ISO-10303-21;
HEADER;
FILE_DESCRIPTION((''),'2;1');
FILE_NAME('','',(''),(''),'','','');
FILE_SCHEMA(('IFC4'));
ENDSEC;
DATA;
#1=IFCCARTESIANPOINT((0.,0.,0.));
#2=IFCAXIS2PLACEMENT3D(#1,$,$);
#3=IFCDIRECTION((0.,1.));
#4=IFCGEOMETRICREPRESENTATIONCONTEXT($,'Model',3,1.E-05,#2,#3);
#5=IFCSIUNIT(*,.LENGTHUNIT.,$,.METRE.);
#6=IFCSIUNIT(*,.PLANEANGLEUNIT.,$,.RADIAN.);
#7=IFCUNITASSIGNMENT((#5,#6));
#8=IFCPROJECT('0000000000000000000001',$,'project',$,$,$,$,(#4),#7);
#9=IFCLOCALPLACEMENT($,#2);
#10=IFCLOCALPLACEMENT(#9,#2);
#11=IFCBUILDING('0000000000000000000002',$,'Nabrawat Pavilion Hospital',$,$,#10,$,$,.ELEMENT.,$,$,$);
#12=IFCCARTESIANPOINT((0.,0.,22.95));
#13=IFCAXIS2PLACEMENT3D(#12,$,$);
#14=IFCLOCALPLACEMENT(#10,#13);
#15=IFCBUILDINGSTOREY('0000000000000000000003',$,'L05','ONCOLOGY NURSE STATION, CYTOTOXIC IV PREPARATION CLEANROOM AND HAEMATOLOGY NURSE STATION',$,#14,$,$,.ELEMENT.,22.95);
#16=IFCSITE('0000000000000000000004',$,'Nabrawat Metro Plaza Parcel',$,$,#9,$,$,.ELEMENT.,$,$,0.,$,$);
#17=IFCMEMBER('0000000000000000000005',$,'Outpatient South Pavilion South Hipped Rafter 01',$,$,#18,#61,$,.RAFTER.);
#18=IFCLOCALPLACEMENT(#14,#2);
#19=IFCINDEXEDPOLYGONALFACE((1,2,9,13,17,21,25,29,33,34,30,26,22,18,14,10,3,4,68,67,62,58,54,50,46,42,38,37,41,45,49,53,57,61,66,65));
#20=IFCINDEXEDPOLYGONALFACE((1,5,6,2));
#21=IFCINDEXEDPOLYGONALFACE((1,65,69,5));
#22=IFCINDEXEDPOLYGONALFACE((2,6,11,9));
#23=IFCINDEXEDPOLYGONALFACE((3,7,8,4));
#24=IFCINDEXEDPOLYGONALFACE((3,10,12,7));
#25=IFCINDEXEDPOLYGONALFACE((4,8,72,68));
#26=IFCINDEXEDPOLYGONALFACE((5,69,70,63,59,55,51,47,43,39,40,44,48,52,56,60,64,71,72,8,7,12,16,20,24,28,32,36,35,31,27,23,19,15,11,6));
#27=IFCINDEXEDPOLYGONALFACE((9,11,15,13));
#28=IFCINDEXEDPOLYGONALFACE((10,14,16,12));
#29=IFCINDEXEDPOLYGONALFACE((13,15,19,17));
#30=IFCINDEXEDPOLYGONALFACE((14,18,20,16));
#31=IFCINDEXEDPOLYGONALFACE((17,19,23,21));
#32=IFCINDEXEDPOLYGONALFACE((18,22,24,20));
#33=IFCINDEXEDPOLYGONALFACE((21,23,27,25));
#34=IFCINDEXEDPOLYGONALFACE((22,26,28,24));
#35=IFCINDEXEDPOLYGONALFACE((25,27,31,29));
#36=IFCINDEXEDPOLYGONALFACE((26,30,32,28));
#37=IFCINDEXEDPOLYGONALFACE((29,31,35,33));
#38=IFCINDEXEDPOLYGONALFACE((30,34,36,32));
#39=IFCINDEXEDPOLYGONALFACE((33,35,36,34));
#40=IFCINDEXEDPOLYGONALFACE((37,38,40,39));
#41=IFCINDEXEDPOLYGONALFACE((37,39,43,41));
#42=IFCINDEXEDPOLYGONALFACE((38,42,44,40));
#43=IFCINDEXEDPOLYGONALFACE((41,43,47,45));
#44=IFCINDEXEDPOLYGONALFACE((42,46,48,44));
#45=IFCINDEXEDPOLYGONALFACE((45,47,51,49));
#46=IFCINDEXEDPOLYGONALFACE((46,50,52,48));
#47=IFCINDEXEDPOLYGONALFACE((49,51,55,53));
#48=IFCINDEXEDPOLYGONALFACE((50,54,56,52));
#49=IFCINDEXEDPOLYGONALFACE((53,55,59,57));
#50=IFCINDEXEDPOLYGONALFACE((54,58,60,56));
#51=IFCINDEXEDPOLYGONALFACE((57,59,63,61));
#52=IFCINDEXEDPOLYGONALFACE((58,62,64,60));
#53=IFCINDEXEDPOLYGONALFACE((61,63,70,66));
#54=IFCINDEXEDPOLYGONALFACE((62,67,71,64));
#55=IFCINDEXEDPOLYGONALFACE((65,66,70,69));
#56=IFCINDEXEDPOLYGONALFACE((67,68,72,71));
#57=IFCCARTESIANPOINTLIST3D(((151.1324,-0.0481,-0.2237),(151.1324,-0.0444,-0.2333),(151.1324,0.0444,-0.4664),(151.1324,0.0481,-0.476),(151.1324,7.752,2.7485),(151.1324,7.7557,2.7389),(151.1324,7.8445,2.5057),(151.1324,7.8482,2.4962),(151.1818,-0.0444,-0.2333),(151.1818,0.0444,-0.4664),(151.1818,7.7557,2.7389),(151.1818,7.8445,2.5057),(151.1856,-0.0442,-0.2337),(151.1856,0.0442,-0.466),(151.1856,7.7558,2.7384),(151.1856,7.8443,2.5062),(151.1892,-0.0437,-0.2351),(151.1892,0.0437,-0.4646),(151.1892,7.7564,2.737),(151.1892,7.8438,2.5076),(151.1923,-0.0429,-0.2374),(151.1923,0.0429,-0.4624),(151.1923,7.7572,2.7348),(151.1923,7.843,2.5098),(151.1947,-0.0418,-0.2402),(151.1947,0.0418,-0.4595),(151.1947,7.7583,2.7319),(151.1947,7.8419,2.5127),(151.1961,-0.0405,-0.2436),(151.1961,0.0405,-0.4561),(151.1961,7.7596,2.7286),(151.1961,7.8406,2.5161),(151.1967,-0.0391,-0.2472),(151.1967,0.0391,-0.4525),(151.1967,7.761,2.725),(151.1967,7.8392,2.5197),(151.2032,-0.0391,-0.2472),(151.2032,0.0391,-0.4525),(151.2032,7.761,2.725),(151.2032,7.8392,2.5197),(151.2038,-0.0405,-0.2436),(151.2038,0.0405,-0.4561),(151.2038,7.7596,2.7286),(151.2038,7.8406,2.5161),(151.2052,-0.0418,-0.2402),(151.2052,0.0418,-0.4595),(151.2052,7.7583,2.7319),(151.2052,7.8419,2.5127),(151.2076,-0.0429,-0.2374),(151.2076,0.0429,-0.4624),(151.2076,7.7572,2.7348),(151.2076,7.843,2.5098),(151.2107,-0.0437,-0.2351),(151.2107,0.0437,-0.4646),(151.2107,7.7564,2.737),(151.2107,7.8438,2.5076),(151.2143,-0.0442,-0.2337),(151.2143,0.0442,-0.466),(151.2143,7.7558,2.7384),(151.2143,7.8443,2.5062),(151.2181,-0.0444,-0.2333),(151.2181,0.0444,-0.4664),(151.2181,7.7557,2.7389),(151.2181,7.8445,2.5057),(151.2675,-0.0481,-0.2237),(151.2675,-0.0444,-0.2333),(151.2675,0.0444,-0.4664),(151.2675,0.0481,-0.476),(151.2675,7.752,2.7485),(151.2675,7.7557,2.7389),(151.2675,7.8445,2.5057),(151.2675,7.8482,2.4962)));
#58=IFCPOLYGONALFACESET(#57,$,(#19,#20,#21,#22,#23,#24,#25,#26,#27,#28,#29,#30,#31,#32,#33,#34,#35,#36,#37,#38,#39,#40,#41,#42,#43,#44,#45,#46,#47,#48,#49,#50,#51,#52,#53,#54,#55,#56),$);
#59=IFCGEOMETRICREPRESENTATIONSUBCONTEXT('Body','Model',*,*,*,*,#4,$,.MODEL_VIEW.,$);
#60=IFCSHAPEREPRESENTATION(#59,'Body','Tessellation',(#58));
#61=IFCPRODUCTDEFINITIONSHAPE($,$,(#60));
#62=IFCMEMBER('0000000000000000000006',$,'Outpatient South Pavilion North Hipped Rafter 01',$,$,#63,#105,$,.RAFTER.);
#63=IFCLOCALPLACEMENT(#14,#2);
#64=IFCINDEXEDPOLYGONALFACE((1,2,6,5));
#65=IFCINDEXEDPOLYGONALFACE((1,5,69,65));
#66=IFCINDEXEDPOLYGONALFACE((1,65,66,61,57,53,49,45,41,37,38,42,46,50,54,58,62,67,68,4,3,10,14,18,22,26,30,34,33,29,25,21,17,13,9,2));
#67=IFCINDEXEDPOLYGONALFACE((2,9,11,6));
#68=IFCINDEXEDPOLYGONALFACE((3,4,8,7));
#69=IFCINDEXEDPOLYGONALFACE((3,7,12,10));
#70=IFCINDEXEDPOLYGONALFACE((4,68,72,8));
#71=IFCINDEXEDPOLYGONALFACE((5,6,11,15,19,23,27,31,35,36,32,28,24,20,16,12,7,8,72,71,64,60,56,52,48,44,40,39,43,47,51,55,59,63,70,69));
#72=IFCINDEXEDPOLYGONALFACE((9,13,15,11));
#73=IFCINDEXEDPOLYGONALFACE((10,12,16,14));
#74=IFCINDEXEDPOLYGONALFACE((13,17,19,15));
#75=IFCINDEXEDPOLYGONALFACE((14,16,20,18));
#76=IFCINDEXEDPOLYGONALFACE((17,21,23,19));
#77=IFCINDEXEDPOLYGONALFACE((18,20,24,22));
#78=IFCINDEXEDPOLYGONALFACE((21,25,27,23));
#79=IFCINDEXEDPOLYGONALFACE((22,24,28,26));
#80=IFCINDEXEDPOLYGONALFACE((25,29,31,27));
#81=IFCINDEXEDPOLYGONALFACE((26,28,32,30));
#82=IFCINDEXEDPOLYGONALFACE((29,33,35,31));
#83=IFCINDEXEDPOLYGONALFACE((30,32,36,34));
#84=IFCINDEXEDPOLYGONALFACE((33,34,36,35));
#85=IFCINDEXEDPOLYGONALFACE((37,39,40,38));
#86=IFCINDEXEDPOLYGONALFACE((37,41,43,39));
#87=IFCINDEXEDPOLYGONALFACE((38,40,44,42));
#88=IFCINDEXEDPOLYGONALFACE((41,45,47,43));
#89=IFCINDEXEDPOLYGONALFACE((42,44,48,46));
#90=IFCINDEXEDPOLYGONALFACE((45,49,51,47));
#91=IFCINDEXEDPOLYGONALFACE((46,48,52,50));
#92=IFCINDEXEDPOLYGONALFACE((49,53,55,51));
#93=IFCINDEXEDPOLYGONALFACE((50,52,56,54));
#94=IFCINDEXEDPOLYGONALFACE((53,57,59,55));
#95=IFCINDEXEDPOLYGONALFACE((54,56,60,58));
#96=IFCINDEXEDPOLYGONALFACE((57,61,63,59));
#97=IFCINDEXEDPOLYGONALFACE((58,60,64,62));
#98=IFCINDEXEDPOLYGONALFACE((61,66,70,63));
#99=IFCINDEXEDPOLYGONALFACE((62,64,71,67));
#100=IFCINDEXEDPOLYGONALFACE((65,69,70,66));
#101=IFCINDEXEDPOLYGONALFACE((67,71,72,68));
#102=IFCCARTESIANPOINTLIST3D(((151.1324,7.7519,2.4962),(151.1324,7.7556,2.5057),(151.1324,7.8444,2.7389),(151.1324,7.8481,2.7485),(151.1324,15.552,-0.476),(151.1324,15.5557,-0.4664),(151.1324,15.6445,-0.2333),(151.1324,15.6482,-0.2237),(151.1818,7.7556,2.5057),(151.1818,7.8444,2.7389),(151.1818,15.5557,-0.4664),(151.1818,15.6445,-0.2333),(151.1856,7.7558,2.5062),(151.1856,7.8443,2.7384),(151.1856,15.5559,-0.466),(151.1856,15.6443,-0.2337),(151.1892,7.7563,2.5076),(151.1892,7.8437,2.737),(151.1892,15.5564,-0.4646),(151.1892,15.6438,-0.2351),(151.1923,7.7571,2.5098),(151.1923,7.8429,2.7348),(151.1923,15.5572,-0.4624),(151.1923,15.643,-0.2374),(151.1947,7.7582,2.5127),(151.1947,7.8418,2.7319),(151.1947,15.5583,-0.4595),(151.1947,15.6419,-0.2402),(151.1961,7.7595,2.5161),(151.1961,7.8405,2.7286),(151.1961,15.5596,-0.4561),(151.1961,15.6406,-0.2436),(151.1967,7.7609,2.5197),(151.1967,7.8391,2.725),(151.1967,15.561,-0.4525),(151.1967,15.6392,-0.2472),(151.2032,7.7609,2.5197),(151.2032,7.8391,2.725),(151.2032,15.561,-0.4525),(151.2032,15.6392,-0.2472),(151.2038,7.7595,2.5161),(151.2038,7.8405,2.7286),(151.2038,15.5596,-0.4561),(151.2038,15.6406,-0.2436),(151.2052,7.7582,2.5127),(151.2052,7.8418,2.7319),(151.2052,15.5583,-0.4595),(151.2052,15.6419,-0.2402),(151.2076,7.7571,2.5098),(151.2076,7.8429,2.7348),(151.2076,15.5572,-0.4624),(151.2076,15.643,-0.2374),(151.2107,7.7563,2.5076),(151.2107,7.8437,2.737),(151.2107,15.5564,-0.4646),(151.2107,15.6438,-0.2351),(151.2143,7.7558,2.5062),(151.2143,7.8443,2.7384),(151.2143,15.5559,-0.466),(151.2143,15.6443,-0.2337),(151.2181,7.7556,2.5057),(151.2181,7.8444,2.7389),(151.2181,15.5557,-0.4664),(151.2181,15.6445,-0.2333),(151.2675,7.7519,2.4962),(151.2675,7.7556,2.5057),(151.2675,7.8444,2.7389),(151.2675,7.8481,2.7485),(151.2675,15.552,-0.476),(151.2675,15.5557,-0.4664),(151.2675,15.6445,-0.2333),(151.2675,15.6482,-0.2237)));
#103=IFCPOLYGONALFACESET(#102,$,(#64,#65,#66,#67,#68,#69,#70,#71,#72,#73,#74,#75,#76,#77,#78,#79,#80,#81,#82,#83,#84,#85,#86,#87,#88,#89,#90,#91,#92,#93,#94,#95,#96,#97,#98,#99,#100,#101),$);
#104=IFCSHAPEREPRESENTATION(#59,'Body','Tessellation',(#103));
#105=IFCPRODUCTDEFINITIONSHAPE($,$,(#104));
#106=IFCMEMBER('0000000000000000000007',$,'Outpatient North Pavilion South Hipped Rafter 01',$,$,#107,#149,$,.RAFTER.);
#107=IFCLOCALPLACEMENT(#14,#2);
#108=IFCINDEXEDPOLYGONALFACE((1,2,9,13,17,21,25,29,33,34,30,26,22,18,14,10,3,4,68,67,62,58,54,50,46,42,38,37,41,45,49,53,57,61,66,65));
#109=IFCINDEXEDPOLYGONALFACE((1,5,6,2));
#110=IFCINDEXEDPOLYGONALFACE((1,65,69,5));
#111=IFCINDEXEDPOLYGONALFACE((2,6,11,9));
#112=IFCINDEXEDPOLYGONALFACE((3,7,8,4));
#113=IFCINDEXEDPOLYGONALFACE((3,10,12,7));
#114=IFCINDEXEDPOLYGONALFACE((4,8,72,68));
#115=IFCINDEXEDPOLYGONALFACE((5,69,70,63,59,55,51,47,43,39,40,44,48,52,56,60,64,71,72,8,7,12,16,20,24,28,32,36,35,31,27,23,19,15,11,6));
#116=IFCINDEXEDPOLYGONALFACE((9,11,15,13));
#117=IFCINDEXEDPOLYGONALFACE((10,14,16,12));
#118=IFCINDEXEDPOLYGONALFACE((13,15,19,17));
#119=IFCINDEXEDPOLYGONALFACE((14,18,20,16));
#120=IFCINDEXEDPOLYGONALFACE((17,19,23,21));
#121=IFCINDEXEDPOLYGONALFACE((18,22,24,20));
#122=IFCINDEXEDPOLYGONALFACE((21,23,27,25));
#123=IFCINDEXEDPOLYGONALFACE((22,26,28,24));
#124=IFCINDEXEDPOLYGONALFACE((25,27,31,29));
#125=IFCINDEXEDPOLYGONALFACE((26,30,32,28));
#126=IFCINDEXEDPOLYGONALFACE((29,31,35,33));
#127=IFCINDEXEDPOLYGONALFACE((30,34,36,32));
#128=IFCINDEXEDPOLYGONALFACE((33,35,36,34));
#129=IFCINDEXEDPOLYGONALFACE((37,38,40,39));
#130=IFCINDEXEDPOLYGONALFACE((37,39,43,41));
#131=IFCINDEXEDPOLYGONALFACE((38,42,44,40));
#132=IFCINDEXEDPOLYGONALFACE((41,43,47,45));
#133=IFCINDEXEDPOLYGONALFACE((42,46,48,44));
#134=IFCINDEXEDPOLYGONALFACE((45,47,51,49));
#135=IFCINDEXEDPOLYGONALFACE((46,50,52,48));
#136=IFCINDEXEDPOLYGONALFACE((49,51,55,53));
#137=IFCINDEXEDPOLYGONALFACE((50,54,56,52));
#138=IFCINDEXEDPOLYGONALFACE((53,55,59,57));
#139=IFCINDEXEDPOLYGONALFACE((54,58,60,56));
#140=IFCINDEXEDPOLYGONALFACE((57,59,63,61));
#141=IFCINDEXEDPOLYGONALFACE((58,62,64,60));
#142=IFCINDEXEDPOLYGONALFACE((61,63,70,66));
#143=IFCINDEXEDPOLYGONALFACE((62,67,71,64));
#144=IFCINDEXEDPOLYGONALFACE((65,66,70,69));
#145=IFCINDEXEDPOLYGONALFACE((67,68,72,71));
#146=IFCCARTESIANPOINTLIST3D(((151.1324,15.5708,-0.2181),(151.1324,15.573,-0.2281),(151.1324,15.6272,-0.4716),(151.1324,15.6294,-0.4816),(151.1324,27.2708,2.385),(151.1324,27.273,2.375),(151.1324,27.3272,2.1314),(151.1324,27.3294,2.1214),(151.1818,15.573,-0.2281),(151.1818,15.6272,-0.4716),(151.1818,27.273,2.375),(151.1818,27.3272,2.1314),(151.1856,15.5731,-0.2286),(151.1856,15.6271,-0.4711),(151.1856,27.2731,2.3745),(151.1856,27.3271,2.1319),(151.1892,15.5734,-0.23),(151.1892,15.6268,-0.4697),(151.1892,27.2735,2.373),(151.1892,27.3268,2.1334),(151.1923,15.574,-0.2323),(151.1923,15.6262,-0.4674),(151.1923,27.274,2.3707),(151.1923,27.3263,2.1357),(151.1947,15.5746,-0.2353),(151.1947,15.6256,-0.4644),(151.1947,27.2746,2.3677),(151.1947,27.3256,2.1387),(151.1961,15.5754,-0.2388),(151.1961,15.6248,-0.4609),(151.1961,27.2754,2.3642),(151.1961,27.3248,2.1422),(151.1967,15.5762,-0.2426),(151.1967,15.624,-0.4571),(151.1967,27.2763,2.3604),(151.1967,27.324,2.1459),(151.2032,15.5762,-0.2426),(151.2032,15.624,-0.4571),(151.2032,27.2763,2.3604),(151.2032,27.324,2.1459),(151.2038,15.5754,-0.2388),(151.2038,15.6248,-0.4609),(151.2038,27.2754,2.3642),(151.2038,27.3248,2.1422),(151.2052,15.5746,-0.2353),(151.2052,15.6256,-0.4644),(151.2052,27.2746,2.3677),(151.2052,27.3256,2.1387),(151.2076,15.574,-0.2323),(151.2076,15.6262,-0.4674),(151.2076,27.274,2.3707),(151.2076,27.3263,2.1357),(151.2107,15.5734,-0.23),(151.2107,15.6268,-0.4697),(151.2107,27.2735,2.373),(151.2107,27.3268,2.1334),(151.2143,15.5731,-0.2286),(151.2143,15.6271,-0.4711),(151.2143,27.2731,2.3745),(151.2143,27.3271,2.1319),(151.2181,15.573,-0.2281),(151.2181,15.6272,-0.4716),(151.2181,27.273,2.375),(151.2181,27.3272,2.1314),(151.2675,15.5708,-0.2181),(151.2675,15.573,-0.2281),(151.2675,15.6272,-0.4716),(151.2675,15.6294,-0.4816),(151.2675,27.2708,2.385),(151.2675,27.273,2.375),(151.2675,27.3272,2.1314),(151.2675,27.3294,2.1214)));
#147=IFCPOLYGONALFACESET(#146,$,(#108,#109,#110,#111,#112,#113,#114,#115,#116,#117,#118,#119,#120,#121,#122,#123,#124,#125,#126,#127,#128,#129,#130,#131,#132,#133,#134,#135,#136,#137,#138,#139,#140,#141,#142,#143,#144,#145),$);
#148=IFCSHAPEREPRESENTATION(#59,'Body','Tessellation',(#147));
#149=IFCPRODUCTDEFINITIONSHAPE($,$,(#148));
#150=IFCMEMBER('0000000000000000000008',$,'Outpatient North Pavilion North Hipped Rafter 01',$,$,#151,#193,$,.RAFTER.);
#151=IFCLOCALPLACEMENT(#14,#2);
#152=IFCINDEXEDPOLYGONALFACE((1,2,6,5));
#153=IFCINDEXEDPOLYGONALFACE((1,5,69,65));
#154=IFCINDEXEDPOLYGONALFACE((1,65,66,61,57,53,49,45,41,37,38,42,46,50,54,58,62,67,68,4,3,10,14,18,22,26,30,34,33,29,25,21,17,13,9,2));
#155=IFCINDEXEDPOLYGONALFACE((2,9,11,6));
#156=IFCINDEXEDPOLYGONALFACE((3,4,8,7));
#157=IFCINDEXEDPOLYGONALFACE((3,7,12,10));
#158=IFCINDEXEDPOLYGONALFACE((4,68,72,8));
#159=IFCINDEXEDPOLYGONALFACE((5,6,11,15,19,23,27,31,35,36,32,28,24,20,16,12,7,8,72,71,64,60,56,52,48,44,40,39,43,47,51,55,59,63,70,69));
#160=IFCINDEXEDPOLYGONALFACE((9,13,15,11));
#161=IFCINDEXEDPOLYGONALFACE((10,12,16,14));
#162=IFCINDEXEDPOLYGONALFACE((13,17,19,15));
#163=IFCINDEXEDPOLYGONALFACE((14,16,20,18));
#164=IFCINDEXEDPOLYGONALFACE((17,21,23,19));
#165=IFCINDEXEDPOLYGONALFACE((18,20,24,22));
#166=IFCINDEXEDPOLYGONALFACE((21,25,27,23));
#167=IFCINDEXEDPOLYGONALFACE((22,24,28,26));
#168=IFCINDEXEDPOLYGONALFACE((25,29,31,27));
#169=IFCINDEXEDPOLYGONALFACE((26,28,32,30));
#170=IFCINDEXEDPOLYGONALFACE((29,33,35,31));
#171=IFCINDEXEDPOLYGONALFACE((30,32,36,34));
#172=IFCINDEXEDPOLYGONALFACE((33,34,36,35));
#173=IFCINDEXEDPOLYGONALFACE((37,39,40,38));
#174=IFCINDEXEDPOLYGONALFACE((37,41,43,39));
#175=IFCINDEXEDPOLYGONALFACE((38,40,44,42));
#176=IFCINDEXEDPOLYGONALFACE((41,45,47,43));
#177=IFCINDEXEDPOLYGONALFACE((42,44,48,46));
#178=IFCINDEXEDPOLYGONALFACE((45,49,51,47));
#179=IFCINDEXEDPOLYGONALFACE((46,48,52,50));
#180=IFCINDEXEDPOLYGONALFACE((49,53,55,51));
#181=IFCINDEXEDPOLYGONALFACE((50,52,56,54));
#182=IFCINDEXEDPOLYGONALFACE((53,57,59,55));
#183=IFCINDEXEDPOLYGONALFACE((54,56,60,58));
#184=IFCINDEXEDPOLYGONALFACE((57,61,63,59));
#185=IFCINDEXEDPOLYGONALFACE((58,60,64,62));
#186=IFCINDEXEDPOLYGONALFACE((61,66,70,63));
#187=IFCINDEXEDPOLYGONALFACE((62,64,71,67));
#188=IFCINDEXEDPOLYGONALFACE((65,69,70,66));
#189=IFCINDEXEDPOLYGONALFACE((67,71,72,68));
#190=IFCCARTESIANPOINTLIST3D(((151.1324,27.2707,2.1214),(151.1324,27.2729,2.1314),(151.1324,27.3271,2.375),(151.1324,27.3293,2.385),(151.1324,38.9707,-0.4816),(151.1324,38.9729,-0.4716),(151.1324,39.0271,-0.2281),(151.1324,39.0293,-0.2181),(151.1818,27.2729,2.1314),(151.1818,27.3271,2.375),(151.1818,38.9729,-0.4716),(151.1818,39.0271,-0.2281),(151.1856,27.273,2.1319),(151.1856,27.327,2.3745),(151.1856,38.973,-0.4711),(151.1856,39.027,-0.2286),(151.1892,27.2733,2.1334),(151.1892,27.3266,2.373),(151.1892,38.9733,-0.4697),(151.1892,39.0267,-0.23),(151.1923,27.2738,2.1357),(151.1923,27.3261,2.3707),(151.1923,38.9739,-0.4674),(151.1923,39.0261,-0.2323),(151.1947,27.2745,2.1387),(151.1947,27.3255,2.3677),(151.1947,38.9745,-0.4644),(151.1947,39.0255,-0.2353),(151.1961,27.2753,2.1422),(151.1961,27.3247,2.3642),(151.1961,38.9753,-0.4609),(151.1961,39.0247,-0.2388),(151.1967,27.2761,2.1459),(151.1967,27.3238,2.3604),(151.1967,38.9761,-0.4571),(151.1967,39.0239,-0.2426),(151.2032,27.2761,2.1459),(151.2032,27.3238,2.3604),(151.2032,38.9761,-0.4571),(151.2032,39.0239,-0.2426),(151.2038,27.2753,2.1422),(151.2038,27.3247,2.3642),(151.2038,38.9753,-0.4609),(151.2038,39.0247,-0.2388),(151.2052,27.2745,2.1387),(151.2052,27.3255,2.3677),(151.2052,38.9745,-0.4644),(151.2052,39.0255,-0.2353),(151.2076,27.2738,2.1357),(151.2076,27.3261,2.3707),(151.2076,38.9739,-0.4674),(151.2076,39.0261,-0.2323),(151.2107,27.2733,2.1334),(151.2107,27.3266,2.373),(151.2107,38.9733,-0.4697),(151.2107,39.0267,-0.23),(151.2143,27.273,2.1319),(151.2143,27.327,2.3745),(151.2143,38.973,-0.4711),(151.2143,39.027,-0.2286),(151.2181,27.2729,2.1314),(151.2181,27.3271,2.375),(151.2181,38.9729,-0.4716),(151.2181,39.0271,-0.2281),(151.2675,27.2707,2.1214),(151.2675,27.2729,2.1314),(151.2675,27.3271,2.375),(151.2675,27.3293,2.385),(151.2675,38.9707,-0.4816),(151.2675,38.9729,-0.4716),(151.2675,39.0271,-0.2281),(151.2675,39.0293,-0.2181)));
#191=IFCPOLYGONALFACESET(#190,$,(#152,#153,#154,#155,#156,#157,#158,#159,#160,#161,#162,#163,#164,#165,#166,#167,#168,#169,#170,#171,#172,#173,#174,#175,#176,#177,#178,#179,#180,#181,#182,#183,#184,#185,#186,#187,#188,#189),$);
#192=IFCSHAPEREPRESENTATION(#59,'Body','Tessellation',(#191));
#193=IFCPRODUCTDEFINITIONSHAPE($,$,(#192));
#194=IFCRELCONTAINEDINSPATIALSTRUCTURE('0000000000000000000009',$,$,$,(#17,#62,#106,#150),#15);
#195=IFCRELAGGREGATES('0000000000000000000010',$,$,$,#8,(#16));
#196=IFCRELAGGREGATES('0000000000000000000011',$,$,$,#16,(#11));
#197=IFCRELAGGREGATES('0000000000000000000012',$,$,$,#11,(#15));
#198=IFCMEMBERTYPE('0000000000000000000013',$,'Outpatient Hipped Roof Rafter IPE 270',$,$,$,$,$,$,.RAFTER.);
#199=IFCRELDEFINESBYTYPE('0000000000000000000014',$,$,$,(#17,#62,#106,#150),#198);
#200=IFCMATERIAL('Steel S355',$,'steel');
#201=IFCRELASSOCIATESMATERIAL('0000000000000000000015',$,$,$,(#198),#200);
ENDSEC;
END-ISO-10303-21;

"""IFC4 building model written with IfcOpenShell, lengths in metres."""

from ifc_helpers import new_model, si_unit, direction, frame, origin, origin_2d, place, context, subcontext, project, spatial, i_section, extrude, material, material_profile, profile_set, type_object, element, save


model = new_model("IFC4")

# Units and contexts
model_context = context("Model", 3, precision=1e-05, world=origin(), true_north=direction((0.0, 1.0)))
body_context = subcontext(model_context, "Body", "Model", "MODEL_VIEW")
ifc_project = project(units=[si_unit("LENGTHUNIT", "METRE"), si_unit("PLANEANGLEUNIT", "RADIAN")], contexts=[model_context])

# Site, building, storey
site_placement = place(None, origin())
site = spatial("IfcSite", under=ifc_project, at=site_placement, Name="Nabrawat Metro Plaza Parcel", CompositionType="ELEMENT", RefElevation=0.0)
building_placement = place(site_placement, origin())
building = spatial("IfcBuilding", under=site, at=building_placement, Name="Nabrawat Pavilion Hospital", CompositionType="ELEMENT")
storey_placement = place(building_placement, frame((0.0, 0.0, 22.95)))
storey = spatial("IfcBuildingStorey", under=building, at=storey_placement, Name="L05", Description="ONCOLOGY NURSE STATION, CYTOTOXIC IV PREPARATION CLEANROOM AND HAEMATOLOGY NURSE STATION", CompositionType="ELEMENT", Elevation=22.95)

# Members
ifc_material_1 = material(Name="Steel S355", Category="steel")
ifc_material_profile_1 = material_profile(ifc_material_1, i_section(OverallWidth=0.135, OverallDepth=0.27, WebThickness=0.0066, FlangeThickness=0.0103, FilletRadius=0.0149, at=origin_2d()), Name="IPE 270")
ifc_profile_set_1 = profile_set([ifc_material_profile_1], Name="Steel S355")
member_type_1 = type_object("IfcMemberType", Name="Outpatient Hipped Roof Rafter IPE 270", PredefinedType="RAFTER", material=ifc_profile_set_1)
for number, where, z_axis, x_axis, name in (
    (1, (151.2, 0.0, -0.3499), (0.0, 0.934459, 0.356071), (-1.0, 0.0, 0.0), "Outpatient South Pavilion South Hipped Rafter 01"),
    (2, (151.2, 15.6001, -0.3499), (0.0, -0.934459, 0.356071), (1.0, 0.0, 0.0), "Outpatient South Pavilion North Hipped Rafter 01"),
):
    element("IfcMember", number, at=place(storey_placement, frame(where, z_axis=z_axis, x_axis=x_axis)), inside=storey, type_object=member_type_1, Name=name, PredefinedType="RAFTER", context=body_context, shape_type="SweptSolid", body=[
        extrude(i_section(OverallWidth=0.135, OverallDepth=0.27, WebThickness=0.0066, FlangeThickness=0.0103, FilletRadius=0.0149, at=origin_2d()), origin(), (0.0, 0.0, 1.0), 8.3472),
    ])
for number, where, z_axis, x_axis, name in (
    (3, (151.2, 15.6001, -0.3499), (0.0, 0.976133, 0.217172), (-1.0, 0.0, 0.0), "Outpatient North Pavilion South Hipped Rafter 01"),
    (4, (151.2, 39.0, -0.3499), (0.0, -0.976133, 0.217172), (1.0, 0.0, 0.0), "Outpatient North Pavilion North Hipped Rafter 01"),
):
    element("IfcMember", number, at=place(storey_placement, frame(where, z_axis=z_axis, x_axis=x_axis)), inside=storey, type_object=member_type_1, Name=name, PredefinedType="RAFTER", context=body_context, shape_type="SweptSolid", body=[
        extrude(i_section(OverallWidth=0.135, OverallDepth=0.27, WebThickness=0.0066, FlangeThickness=0.0103, FilletRadius=0.0149, at=origin_2d()), origin(), (0.0, 0.0, 1.0), 11.9861),
    ])

save(model, "model.ifc")
